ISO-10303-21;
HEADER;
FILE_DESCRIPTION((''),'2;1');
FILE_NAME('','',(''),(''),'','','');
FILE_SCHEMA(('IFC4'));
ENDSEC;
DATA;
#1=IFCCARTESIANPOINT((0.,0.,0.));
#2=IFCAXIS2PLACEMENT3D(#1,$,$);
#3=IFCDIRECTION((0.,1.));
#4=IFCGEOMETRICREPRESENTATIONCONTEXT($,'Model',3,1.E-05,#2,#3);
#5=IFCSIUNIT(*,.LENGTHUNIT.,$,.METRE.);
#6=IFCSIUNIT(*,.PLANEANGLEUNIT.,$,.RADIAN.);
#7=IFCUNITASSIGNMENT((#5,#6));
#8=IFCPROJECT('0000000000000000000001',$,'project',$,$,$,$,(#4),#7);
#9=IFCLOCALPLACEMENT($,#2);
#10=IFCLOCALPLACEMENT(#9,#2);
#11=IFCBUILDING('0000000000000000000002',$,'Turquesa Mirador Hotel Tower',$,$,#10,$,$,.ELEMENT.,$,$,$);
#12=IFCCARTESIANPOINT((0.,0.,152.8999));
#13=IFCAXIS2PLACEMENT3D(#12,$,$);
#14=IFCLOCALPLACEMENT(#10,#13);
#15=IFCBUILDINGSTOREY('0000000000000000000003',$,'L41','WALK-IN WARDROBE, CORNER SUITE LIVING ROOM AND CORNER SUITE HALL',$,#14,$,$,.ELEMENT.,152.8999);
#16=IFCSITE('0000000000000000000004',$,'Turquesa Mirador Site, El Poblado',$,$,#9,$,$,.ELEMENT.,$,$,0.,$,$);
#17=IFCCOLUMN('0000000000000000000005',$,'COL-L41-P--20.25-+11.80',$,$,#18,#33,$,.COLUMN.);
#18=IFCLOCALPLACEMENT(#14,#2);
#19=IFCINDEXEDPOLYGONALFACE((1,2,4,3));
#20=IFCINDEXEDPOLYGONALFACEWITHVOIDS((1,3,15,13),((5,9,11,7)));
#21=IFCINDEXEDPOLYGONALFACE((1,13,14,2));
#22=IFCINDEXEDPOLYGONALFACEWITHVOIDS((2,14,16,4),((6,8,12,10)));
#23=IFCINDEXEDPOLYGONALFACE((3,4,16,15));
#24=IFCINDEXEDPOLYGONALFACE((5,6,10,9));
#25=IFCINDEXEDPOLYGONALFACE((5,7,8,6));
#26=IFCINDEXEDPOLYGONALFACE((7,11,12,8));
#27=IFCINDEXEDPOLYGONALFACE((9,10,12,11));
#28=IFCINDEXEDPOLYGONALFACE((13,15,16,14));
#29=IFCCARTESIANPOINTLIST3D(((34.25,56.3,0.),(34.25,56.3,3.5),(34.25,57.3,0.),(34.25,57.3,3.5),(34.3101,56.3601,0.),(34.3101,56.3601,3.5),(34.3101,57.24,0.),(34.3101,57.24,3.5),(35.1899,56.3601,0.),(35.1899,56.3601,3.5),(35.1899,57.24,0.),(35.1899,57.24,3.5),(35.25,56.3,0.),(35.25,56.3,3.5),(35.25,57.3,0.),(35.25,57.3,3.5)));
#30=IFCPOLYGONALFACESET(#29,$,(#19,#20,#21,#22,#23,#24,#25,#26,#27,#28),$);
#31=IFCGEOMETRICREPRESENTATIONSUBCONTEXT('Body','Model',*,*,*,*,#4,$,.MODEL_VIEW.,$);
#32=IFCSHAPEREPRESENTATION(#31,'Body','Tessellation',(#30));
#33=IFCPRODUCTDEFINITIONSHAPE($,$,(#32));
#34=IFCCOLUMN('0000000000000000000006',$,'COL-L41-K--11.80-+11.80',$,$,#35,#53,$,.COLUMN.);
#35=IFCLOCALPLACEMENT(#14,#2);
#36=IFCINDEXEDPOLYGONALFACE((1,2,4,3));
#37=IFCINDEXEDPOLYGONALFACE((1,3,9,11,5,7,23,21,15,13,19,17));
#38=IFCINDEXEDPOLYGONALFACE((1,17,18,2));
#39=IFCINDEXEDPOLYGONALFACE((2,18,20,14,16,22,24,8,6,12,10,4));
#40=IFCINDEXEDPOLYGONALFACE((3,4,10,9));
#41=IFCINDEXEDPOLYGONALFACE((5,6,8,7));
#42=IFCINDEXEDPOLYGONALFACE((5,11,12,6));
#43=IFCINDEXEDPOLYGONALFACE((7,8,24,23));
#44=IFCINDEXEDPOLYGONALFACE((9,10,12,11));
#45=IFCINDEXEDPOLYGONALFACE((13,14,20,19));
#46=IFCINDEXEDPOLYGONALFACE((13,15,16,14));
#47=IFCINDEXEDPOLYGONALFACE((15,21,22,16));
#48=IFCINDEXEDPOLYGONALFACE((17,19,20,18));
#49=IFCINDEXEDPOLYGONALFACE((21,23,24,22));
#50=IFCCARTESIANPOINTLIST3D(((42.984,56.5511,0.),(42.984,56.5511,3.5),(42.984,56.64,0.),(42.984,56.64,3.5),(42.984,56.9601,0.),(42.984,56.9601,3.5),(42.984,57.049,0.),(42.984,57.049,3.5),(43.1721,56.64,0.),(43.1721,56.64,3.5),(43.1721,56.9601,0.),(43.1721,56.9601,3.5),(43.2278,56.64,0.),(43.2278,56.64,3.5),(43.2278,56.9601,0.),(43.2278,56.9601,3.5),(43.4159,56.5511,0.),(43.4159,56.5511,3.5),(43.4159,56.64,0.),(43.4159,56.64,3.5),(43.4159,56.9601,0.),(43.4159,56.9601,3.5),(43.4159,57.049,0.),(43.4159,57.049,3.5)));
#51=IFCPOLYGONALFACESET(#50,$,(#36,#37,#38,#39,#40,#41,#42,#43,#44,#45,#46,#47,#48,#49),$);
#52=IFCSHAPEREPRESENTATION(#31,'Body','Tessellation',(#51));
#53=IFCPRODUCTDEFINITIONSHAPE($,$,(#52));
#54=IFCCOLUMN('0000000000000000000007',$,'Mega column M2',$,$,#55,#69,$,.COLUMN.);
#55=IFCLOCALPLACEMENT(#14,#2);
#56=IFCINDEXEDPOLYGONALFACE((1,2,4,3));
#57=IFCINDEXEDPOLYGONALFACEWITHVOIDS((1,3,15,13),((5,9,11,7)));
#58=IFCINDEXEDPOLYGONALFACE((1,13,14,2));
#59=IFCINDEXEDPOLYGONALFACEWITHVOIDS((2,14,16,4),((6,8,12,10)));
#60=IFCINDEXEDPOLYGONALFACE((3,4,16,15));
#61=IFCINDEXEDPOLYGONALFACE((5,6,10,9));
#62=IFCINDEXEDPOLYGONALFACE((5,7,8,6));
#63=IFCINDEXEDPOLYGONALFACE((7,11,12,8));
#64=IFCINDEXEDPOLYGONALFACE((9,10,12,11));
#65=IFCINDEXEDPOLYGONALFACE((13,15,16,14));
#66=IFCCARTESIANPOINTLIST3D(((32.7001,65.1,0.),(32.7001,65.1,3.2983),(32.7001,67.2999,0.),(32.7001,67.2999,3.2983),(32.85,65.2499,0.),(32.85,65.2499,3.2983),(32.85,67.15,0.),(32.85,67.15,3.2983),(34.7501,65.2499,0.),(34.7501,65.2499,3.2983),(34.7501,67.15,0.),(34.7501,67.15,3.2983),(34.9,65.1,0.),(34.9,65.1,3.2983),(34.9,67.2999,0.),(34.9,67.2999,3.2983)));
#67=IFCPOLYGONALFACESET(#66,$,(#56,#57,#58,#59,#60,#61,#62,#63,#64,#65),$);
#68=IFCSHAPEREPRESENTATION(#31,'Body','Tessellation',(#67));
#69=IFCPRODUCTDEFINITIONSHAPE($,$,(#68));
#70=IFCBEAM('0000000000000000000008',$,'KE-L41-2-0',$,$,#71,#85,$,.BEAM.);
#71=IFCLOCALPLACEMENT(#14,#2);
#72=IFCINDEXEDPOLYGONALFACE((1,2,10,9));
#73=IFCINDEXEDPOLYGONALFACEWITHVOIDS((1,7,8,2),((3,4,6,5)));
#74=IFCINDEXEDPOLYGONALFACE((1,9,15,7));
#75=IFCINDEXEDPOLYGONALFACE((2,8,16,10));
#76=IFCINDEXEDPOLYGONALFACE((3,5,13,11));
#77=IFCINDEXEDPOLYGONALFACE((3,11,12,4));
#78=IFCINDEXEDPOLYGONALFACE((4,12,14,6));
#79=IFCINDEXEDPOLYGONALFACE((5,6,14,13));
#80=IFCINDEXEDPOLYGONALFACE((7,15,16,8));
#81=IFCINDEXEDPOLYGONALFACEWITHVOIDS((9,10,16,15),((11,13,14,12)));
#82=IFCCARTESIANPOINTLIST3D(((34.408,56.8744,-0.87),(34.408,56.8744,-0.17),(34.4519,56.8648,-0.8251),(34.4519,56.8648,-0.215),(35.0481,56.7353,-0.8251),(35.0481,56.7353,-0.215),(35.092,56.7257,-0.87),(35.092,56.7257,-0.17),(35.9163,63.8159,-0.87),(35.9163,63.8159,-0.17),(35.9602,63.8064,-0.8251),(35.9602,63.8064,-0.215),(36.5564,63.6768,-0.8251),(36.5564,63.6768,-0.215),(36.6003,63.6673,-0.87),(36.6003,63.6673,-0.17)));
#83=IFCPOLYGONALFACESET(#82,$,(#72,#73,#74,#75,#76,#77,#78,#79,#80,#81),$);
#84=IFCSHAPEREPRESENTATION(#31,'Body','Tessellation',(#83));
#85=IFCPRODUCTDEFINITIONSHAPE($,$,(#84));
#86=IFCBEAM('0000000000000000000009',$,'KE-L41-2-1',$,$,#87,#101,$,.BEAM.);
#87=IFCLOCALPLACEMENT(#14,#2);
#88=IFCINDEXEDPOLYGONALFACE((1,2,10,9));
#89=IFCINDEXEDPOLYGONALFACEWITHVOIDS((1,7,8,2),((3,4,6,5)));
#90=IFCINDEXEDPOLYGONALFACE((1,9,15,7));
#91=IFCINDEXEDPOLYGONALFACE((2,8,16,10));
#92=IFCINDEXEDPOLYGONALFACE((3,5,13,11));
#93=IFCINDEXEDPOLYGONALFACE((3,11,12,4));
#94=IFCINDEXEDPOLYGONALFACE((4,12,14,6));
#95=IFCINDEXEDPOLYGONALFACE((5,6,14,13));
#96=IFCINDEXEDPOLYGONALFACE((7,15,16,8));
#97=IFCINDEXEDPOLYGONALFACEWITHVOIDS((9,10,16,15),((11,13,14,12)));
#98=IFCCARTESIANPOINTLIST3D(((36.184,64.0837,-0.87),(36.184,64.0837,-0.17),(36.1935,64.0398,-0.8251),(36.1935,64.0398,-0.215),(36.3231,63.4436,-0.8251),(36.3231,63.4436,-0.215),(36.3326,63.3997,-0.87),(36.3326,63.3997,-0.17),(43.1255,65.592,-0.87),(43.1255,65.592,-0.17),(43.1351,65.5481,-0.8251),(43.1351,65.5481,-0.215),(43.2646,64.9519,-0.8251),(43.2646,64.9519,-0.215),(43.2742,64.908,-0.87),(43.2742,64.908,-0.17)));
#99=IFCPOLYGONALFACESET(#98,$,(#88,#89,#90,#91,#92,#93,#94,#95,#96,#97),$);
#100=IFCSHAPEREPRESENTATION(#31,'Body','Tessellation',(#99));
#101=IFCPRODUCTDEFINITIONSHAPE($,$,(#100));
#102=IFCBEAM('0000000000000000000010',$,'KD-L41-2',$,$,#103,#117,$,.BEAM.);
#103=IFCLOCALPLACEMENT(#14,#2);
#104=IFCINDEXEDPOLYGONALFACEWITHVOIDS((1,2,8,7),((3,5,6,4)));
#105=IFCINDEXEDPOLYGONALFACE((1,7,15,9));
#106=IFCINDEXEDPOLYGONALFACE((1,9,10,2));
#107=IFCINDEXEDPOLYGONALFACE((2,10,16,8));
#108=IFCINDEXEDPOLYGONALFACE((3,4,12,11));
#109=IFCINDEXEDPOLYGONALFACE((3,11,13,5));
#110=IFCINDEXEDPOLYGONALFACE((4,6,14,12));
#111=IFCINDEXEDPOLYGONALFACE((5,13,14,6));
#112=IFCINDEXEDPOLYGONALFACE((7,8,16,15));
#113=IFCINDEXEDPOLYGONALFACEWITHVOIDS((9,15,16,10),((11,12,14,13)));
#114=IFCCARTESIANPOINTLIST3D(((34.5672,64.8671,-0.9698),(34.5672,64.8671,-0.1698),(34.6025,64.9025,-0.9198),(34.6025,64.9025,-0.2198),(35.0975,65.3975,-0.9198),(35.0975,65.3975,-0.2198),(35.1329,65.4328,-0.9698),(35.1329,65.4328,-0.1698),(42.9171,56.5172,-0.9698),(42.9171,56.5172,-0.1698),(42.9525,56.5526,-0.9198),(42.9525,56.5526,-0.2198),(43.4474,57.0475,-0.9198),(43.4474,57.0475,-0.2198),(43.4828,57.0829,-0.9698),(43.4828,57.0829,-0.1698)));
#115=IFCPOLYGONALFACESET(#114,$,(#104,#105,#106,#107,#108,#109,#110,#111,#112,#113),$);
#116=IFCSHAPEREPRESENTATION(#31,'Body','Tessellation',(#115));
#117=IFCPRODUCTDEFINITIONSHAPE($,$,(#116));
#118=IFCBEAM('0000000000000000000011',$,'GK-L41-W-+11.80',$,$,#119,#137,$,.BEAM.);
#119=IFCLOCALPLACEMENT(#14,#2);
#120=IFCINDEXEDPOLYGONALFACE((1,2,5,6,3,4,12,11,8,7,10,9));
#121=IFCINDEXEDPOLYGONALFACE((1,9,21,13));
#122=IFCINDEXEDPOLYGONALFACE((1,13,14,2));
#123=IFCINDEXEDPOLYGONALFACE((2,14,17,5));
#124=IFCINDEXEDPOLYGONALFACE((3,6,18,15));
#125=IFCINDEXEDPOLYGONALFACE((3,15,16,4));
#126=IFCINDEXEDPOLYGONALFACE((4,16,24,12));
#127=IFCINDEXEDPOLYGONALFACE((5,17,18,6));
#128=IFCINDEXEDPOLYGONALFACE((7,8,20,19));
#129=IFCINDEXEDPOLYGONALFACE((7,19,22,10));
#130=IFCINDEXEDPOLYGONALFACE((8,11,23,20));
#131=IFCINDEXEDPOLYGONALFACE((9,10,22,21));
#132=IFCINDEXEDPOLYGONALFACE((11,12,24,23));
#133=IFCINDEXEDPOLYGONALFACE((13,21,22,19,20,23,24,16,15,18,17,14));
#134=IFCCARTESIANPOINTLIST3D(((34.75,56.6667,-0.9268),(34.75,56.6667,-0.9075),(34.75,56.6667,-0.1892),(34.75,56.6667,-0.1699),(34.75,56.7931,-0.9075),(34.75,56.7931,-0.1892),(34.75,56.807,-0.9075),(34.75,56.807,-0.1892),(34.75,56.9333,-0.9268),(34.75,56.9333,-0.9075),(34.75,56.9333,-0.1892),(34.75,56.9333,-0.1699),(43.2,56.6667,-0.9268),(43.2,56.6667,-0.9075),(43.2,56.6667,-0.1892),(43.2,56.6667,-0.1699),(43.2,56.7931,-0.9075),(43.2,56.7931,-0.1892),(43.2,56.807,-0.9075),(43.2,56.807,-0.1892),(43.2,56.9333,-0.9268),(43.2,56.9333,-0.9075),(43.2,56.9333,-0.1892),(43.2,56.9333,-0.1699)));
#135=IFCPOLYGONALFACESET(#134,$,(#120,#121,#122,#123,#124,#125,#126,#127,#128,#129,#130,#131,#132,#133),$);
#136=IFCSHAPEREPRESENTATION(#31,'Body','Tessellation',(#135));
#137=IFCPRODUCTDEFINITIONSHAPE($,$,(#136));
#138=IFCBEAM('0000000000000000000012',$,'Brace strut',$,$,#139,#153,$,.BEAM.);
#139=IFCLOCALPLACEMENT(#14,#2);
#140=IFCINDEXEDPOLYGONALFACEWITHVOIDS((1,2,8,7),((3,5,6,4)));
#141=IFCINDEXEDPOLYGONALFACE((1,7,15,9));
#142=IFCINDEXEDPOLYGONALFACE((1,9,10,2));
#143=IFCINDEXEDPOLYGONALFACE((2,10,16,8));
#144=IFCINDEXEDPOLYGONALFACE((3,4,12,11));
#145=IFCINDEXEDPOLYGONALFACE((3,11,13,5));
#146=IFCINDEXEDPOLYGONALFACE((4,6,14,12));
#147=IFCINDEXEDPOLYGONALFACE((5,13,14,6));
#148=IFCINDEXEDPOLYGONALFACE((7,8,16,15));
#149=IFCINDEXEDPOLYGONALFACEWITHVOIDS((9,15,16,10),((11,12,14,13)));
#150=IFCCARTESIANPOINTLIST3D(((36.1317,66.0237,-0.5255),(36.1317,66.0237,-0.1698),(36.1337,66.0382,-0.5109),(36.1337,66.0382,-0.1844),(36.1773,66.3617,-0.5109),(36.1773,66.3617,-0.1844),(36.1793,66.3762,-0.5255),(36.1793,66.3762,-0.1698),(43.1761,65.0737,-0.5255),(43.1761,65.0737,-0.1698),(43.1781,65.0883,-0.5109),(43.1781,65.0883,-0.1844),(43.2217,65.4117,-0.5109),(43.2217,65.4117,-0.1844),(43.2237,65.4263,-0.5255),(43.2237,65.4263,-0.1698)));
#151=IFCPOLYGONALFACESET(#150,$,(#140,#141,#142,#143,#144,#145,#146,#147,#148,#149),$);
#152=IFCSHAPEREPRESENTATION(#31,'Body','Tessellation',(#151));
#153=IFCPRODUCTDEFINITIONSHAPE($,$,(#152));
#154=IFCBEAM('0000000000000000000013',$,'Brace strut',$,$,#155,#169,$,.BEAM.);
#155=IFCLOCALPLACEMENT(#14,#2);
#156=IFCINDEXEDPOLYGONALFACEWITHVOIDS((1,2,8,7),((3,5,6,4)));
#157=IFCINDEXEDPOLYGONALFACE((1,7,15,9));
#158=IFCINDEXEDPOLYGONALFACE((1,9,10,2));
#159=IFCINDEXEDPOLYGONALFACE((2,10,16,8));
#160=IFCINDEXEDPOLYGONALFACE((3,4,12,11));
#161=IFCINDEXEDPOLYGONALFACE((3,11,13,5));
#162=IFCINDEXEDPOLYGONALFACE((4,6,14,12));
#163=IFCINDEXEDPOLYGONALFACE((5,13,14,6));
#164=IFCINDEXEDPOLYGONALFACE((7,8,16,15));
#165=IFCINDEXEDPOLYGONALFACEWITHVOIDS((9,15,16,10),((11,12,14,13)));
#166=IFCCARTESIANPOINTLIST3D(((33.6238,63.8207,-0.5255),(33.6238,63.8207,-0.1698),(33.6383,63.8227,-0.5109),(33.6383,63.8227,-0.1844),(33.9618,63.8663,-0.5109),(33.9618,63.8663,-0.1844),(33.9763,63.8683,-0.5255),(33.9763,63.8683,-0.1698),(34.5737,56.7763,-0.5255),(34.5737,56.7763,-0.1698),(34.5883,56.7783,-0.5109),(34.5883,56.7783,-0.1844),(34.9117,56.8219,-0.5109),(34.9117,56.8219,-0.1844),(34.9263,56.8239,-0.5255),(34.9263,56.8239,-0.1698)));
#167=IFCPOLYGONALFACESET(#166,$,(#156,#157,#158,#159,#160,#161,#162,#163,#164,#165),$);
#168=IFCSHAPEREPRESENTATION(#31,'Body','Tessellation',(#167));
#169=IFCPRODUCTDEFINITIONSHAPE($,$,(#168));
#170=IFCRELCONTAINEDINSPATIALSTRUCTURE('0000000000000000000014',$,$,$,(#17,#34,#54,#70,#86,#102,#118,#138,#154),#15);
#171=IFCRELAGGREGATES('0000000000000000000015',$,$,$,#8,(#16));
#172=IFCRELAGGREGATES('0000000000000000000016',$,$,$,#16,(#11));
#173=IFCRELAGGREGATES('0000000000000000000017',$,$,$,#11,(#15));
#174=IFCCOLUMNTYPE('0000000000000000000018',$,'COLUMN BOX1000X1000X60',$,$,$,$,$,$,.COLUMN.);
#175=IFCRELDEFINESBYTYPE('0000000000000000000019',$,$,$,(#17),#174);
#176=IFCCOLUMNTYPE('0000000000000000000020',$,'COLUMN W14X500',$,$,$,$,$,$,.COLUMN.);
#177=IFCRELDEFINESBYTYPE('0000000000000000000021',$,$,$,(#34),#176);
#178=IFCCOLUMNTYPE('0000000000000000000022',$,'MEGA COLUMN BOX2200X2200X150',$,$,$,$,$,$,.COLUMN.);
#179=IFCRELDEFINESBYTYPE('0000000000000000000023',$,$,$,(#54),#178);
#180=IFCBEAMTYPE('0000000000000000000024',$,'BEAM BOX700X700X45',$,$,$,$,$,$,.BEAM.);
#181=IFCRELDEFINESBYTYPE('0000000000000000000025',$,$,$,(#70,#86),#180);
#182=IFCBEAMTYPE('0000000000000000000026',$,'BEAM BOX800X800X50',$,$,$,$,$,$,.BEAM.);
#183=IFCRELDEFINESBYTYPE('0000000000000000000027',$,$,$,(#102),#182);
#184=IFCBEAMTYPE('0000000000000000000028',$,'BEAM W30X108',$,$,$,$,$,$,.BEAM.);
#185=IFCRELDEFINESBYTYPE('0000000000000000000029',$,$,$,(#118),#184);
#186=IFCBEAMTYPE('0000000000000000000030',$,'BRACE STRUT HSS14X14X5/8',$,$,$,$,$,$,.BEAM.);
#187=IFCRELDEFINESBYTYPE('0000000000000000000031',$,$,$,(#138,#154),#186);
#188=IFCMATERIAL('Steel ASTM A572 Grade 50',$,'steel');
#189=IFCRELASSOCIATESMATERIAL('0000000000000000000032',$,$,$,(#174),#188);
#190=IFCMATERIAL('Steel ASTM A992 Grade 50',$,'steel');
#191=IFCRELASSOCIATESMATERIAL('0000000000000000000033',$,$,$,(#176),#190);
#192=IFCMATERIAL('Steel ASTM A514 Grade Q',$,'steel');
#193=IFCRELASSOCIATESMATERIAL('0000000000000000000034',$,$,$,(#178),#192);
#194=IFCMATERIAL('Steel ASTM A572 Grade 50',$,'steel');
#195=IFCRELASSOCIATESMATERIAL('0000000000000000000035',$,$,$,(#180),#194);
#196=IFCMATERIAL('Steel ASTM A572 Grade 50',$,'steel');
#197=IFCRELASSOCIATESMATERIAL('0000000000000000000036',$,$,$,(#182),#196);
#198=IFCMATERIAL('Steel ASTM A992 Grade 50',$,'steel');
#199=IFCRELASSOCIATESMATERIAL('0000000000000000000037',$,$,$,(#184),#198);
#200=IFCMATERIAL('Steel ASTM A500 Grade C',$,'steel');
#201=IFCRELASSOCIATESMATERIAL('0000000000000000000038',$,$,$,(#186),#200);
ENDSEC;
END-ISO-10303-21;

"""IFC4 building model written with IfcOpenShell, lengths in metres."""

from ifc_helpers import new_model, si_unit, direction, frame, origin, origin_2d, place, context, subcontext, project, spatial, hollow_rectangle, i_section, extrude, clip, halfspace, material, material_profile, profile_set, type_object, element, save


model = new_model("IFC4")

# Units and contexts
model_context = context("Model", 3, precision=1e-05, world=origin(), true_north=direction((0.0, 1.0)))
body_context = subcontext(model_context, "Body", "Model", "MODEL_VIEW")
ifc_project = project(units=[si_unit("LENGTHUNIT", "METRE"), si_unit("PLANEANGLEUNIT", "RADIAN")], contexts=[model_context])

# Site, building, storey
site_placement = place(None, origin())
site = spatial("IfcSite", under=ifc_project, at=site_placement, Name="Turquesa Mirador Site, El Poblado", CompositionType="ELEMENT", RefElevation=0.0)
building_placement = place(site_placement, origin())
building = spatial("IfcBuilding", under=site, at=building_placement, Name="Turquesa Mirador Hotel Tower", CompositionType="ELEMENT")
storey_placement = place(building_placement, frame((0.0, 0.0, 152.8999)))
storey = spatial("IfcBuildingStorey", under=building, at=storey_placement, Name="L41", Description="WALK-IN WARDROBE, CORNER SUITE LIVING ROOM AND CORNER SUITE HALL", CompositionType="ELEMENT", Elevation=152.8999)

# Columns
ifc_material_1 = material(Name="Steel ASTM A572 Grade 50", Category="steel")
ifc_material_profile_1 = material_profile(ifc_material_1, hollow_rectangle(XDim=1.0, YDim=1.0, WallThickness=0.0601, at=origin_2d()), Name="BOX1000X1000X60")
ifc_profile_set_1 = profile_set([ifc_material_profile_1], Name="Steel ASTM A572 Grade 50")
column_type_1 = type_object("IfcColumnType", Name="COLUMN BOX1000X1000X60", PredefinedType="COLUMN", material=ifc_profile_set_1)
column_1_placement = place(storey_placement, frame((34.75, 56.8, 0.0), z_axis=(0.0, 0.0, 1.0), x_axis=(1.0, 0.0, 0.0)))
element("IfcColumn", 1, at=column_1_placement, inside=storey, type_object=column_type_1, Name="COL-L41-P--20.25-+11.80", PredefinedType="COLUMN", context=body_context, shape_type="SweptSolid", body=[
    extrude(hollow_rectangle(XDim=1.0, YDim=1.0, WallThickness=0.0601, at=origin_2d()), origin(), (0.0, 0.0, 1.0), 3.5),
])
ifc_material_2 = material(Name="Steel ASTM A992 Grade 50", Category="steel")
ifc_material_profile_2 = material_profile(ifc_material_2, i_section(OverallWidth=0.4319, OverallDepth=0.4978, WebThickness=0.0557, FlangeThickness=0.0889, at=origin_2d()), Name="W14X500")
ifc_profile_set_2 = profile_set([ifc_material_profile_2], Name="Steel ASTM A992 Grade 50")
column_type_2 = type_object("IfcColumnType", Name="COLUMN W14X500", PredefinedType="COLUMN", material=ifc_profile_set_2)
column_2_placement = place(storey_placement, frame((43.2, 56.8, 0.0), z_axis=(0.0, 0.0, 1.0), x_axis=(1.0, 0.0, 0.0)))
element("IfcColumn", 2, at=column_2_placement, inside=storey, type_object=column_type_2, Name="COL-L41-K--11.80-+11.80", PredefinedType="COLUMN", context=body_context, shape_type="SweptSolid", body=[
    extrude(i_section(OverallWidth=0.4319, OverallDepth=0.4978, WebThickness=0.0557, FlangeThickness=0.0889, at=origin_2d()), origin(), (0.0, 0.0, 1.0), 3.5),
])
ifc_material_3 = material(Name="Steel ASTM A514 Grade Q", Category="steel")
ifc_material_profile_3 = material_profile(ifc_material_3, hollow_rectangle(XDim=2.2, YDim=2.2, WallThickness=0.1499, at=origin_2d()), Name="BOX2200X2200X150")
ifc_profile_set_3 = profile_set([ifc_material_profile_3], Name="Steel ASTM A514 Grade Q")
column_type_3 = type_object("IfcColumnType", Name="MEGA COLUMN BOX2200X2200X150", PredefinedType="COLUMN", material=ifc_profile_set_3)
column_3_placement = place(storey_placement, frame((33.8, 66.2, 0.0), z_axis=(0.0, 0.0, 1.0), x_axis=(1.0, 0.0, 0.0)))
element("IfcColumn", 3, at=column_3_placement, inside=storey, type_object=column_type_3, Name="Mega column M2", PredefinedType="COLUMN", context=body_context, shape_type="Clipping", body=[
    clip(extrude(hollow_rectangle(XDim=2.2, YDim=2.2, WallThickness=0.1499, at=origin_2d()), origin(), (0.0, 0.0, 1.0), 3.5), halfspace(frame((0.0, 0.0, 3.2983), z_axis=(0.0, 0.0, 1.0), x_axis=(1.0, 0.0, 0.0)), False)),
])

# Beams
ifc_material_4 = material(Name="Steel ASTM A572 Grade 50", Category="steel")
ifc_material_profile_4 = material_profile(ifc_material_4, hollow_rectangle(XDim=0.7, YDim=0.7, WallThickness=0.0449, at=origin_2d()), Name="BOX700X700X45")
ifc_profile_set_4 = profile_set([ifc_material_profile_4], Name="Steel ASTM A572 Grade 50")
beam_type_1 = type_object("IfcBeamType", Name="BEAM BOX700X700X45", PredefinedType="BEAM", material=ifc_profile_set_4)
for number, where, z_axis, x_axis, name in (
    (4, (34.75, 56.8, -0.52), (0.212328, 0.977198, 0.0), (-0.977198, 0.212328, 0.0), "KE-L41-2-0"),
    (5, (36.2583, 63.7417, -0.52), (0.977198, 0.212328, 0.0), (-0.212328, 0.977198, 0.0), "KE-L41-2-1"),
):
    element("IfcBeam", number, at=place(storey_placement, frame(where, z_axis=z_axis, x_axis=x_axis)), inside=storey, type_object=beam_type_1, Name=name, PredefinedType="BEAM", context=body_context, shape_type="SweptSolid", body=[
        extrude(hollow_rectangle(XDim=0.7, YDim=0.7, WallThickness=0.0449, at=origin_2d()), origin(), (0.0, 0.0, 1.0), 7.1035),
    ])
ifc_material_5 = material(Name="Steel ASTM A572 Grade 50", Category="steel")
ifc_material_profile_5 = material_profile(ifc_material_5, hollow_rectangle(XDim=0.8, YDim=0.8, WallThickness=0.05, at=origin_2d()), Name="BOX800X800X50")
ifc_profile_set_5 = profile_set([ifc_material_profile_5], Name="Steel ASTM A572 Grade 50")
beam_type_2 = type_object("IfcBeamType", Name="BEAM BOX800X800X50", PredefinedType="BEAM", material=ifc_profile_set_5)
beam_1_placement = place(storey_placement, frame((43.2, 56.8, -0.5698), z_axis=(-0.707107, 0.707107, 0.0), x_axis=(-0.707107, -0.707107, 0.0)))
element("IfcBeam", 6, at=beam_1_placement, inside=storey, type_object=beam_type_2, Name="KD-L41-2", PredefinedType="BEAM", context=body_context, shape_type="SweptSolid", body=[
    extrude(hollow_rectangle(XDim=0.8, YDim=0.8, WallThickness=0.05, at=origin_2d()), origin(), (0.0, 0.0, 1.0), 11.8086),
])
ifc_material_6 = material(Name="Steel ASTM A992 Grade 50", Category="steel")
ifc_material_profile_6 = material_profile(ifc_material_6, i_section(OverallWidth=0.2666, OverallDepth=0.7568, WebThickness=0.0139, FlangeThickness=0.0193, at=origin_2d()), Name="W30X108")
ifc_profile_set_6 = profile_set([ifc_material_profile_6], Name="Steel ASTM A992 Grade 50")
beam_type_3 = type_object("IfcBeamType", Name="BEAM W30X108", PredefinedType="BEAM", material=ifc_profile_set_6)
beam_2_placement = place(storey_placement, frame((34.75, 56.8, -0.5483), z_axis=(1.0, 0.0, 0.0), x_axis=(0.0, 1.0, 0.0)))
element("IfcBeam", 7, at=beam_2_placement, inside=storey, type_object=beam_type_3, Name="GK-L41-W-+11.80", PredefinedType="BEAM", context=body_context, shape_type="SweptSolid", body=[
    extrude(i_section(OverallWidth=0.2666, OverallDepth=0.7568, WebThickness=0.0139, FlangeThickness=0.0193, at=origin_2d()), origin(), (0.0, 0.0, 1.0), 8.45),
])
ifc_material_7 = material(Name="Steel ASTM A500 Grade C", Category="steel")
ifc_material_profile_7 = material_profile(ifc_material_7, hollow_rectangle(XDim=0.3557, YDim=0.3557, WallThickness=0.0146, at=origin_2d()), Name="HSS14X14X5/8")
ifc_profile_set_7 = profile_set([ifc_material_profile_7], Name="Steel ASTM A500 Grade C")
beam_type_4 = type_object("IfcBeamType", Name="BRACE STRUT HSS14X14X5/8", PredefinedType="BEAM", material=ifc_profile_set_7)
for number, where, z_axis, x_axis, name in (
    (8, (36.1555, 66.2, -0.3477), (0.99103, -0.133642, 0.0), (0.133642, 0.99103, 0.0), "Brace strut"),
    (9, (33.8, 63.8445, -0.3477), (0.133642, -0.99103, 0.0), (0.99103, 0.133642, 0.0), "Brace strut"),
):
    element("IfcBeam", number, at=place(storey_placement, frame(where, z_axis=z_axis, x_axis=x_axis)), inside=storey, type_object=beam_type_4, Name=name, PredefinedType="BEAM", context=body_context, shape_type="SweptSolid", body=[
        extrude(hollow_rectangle(XDim=0.3557, YDim=0.3557, WallThickness=0.0146, at=origin_2d()), origin(), (0.0, 0.0, 1.0), 7.1082),
    ])

save(model, "model.ifc")
